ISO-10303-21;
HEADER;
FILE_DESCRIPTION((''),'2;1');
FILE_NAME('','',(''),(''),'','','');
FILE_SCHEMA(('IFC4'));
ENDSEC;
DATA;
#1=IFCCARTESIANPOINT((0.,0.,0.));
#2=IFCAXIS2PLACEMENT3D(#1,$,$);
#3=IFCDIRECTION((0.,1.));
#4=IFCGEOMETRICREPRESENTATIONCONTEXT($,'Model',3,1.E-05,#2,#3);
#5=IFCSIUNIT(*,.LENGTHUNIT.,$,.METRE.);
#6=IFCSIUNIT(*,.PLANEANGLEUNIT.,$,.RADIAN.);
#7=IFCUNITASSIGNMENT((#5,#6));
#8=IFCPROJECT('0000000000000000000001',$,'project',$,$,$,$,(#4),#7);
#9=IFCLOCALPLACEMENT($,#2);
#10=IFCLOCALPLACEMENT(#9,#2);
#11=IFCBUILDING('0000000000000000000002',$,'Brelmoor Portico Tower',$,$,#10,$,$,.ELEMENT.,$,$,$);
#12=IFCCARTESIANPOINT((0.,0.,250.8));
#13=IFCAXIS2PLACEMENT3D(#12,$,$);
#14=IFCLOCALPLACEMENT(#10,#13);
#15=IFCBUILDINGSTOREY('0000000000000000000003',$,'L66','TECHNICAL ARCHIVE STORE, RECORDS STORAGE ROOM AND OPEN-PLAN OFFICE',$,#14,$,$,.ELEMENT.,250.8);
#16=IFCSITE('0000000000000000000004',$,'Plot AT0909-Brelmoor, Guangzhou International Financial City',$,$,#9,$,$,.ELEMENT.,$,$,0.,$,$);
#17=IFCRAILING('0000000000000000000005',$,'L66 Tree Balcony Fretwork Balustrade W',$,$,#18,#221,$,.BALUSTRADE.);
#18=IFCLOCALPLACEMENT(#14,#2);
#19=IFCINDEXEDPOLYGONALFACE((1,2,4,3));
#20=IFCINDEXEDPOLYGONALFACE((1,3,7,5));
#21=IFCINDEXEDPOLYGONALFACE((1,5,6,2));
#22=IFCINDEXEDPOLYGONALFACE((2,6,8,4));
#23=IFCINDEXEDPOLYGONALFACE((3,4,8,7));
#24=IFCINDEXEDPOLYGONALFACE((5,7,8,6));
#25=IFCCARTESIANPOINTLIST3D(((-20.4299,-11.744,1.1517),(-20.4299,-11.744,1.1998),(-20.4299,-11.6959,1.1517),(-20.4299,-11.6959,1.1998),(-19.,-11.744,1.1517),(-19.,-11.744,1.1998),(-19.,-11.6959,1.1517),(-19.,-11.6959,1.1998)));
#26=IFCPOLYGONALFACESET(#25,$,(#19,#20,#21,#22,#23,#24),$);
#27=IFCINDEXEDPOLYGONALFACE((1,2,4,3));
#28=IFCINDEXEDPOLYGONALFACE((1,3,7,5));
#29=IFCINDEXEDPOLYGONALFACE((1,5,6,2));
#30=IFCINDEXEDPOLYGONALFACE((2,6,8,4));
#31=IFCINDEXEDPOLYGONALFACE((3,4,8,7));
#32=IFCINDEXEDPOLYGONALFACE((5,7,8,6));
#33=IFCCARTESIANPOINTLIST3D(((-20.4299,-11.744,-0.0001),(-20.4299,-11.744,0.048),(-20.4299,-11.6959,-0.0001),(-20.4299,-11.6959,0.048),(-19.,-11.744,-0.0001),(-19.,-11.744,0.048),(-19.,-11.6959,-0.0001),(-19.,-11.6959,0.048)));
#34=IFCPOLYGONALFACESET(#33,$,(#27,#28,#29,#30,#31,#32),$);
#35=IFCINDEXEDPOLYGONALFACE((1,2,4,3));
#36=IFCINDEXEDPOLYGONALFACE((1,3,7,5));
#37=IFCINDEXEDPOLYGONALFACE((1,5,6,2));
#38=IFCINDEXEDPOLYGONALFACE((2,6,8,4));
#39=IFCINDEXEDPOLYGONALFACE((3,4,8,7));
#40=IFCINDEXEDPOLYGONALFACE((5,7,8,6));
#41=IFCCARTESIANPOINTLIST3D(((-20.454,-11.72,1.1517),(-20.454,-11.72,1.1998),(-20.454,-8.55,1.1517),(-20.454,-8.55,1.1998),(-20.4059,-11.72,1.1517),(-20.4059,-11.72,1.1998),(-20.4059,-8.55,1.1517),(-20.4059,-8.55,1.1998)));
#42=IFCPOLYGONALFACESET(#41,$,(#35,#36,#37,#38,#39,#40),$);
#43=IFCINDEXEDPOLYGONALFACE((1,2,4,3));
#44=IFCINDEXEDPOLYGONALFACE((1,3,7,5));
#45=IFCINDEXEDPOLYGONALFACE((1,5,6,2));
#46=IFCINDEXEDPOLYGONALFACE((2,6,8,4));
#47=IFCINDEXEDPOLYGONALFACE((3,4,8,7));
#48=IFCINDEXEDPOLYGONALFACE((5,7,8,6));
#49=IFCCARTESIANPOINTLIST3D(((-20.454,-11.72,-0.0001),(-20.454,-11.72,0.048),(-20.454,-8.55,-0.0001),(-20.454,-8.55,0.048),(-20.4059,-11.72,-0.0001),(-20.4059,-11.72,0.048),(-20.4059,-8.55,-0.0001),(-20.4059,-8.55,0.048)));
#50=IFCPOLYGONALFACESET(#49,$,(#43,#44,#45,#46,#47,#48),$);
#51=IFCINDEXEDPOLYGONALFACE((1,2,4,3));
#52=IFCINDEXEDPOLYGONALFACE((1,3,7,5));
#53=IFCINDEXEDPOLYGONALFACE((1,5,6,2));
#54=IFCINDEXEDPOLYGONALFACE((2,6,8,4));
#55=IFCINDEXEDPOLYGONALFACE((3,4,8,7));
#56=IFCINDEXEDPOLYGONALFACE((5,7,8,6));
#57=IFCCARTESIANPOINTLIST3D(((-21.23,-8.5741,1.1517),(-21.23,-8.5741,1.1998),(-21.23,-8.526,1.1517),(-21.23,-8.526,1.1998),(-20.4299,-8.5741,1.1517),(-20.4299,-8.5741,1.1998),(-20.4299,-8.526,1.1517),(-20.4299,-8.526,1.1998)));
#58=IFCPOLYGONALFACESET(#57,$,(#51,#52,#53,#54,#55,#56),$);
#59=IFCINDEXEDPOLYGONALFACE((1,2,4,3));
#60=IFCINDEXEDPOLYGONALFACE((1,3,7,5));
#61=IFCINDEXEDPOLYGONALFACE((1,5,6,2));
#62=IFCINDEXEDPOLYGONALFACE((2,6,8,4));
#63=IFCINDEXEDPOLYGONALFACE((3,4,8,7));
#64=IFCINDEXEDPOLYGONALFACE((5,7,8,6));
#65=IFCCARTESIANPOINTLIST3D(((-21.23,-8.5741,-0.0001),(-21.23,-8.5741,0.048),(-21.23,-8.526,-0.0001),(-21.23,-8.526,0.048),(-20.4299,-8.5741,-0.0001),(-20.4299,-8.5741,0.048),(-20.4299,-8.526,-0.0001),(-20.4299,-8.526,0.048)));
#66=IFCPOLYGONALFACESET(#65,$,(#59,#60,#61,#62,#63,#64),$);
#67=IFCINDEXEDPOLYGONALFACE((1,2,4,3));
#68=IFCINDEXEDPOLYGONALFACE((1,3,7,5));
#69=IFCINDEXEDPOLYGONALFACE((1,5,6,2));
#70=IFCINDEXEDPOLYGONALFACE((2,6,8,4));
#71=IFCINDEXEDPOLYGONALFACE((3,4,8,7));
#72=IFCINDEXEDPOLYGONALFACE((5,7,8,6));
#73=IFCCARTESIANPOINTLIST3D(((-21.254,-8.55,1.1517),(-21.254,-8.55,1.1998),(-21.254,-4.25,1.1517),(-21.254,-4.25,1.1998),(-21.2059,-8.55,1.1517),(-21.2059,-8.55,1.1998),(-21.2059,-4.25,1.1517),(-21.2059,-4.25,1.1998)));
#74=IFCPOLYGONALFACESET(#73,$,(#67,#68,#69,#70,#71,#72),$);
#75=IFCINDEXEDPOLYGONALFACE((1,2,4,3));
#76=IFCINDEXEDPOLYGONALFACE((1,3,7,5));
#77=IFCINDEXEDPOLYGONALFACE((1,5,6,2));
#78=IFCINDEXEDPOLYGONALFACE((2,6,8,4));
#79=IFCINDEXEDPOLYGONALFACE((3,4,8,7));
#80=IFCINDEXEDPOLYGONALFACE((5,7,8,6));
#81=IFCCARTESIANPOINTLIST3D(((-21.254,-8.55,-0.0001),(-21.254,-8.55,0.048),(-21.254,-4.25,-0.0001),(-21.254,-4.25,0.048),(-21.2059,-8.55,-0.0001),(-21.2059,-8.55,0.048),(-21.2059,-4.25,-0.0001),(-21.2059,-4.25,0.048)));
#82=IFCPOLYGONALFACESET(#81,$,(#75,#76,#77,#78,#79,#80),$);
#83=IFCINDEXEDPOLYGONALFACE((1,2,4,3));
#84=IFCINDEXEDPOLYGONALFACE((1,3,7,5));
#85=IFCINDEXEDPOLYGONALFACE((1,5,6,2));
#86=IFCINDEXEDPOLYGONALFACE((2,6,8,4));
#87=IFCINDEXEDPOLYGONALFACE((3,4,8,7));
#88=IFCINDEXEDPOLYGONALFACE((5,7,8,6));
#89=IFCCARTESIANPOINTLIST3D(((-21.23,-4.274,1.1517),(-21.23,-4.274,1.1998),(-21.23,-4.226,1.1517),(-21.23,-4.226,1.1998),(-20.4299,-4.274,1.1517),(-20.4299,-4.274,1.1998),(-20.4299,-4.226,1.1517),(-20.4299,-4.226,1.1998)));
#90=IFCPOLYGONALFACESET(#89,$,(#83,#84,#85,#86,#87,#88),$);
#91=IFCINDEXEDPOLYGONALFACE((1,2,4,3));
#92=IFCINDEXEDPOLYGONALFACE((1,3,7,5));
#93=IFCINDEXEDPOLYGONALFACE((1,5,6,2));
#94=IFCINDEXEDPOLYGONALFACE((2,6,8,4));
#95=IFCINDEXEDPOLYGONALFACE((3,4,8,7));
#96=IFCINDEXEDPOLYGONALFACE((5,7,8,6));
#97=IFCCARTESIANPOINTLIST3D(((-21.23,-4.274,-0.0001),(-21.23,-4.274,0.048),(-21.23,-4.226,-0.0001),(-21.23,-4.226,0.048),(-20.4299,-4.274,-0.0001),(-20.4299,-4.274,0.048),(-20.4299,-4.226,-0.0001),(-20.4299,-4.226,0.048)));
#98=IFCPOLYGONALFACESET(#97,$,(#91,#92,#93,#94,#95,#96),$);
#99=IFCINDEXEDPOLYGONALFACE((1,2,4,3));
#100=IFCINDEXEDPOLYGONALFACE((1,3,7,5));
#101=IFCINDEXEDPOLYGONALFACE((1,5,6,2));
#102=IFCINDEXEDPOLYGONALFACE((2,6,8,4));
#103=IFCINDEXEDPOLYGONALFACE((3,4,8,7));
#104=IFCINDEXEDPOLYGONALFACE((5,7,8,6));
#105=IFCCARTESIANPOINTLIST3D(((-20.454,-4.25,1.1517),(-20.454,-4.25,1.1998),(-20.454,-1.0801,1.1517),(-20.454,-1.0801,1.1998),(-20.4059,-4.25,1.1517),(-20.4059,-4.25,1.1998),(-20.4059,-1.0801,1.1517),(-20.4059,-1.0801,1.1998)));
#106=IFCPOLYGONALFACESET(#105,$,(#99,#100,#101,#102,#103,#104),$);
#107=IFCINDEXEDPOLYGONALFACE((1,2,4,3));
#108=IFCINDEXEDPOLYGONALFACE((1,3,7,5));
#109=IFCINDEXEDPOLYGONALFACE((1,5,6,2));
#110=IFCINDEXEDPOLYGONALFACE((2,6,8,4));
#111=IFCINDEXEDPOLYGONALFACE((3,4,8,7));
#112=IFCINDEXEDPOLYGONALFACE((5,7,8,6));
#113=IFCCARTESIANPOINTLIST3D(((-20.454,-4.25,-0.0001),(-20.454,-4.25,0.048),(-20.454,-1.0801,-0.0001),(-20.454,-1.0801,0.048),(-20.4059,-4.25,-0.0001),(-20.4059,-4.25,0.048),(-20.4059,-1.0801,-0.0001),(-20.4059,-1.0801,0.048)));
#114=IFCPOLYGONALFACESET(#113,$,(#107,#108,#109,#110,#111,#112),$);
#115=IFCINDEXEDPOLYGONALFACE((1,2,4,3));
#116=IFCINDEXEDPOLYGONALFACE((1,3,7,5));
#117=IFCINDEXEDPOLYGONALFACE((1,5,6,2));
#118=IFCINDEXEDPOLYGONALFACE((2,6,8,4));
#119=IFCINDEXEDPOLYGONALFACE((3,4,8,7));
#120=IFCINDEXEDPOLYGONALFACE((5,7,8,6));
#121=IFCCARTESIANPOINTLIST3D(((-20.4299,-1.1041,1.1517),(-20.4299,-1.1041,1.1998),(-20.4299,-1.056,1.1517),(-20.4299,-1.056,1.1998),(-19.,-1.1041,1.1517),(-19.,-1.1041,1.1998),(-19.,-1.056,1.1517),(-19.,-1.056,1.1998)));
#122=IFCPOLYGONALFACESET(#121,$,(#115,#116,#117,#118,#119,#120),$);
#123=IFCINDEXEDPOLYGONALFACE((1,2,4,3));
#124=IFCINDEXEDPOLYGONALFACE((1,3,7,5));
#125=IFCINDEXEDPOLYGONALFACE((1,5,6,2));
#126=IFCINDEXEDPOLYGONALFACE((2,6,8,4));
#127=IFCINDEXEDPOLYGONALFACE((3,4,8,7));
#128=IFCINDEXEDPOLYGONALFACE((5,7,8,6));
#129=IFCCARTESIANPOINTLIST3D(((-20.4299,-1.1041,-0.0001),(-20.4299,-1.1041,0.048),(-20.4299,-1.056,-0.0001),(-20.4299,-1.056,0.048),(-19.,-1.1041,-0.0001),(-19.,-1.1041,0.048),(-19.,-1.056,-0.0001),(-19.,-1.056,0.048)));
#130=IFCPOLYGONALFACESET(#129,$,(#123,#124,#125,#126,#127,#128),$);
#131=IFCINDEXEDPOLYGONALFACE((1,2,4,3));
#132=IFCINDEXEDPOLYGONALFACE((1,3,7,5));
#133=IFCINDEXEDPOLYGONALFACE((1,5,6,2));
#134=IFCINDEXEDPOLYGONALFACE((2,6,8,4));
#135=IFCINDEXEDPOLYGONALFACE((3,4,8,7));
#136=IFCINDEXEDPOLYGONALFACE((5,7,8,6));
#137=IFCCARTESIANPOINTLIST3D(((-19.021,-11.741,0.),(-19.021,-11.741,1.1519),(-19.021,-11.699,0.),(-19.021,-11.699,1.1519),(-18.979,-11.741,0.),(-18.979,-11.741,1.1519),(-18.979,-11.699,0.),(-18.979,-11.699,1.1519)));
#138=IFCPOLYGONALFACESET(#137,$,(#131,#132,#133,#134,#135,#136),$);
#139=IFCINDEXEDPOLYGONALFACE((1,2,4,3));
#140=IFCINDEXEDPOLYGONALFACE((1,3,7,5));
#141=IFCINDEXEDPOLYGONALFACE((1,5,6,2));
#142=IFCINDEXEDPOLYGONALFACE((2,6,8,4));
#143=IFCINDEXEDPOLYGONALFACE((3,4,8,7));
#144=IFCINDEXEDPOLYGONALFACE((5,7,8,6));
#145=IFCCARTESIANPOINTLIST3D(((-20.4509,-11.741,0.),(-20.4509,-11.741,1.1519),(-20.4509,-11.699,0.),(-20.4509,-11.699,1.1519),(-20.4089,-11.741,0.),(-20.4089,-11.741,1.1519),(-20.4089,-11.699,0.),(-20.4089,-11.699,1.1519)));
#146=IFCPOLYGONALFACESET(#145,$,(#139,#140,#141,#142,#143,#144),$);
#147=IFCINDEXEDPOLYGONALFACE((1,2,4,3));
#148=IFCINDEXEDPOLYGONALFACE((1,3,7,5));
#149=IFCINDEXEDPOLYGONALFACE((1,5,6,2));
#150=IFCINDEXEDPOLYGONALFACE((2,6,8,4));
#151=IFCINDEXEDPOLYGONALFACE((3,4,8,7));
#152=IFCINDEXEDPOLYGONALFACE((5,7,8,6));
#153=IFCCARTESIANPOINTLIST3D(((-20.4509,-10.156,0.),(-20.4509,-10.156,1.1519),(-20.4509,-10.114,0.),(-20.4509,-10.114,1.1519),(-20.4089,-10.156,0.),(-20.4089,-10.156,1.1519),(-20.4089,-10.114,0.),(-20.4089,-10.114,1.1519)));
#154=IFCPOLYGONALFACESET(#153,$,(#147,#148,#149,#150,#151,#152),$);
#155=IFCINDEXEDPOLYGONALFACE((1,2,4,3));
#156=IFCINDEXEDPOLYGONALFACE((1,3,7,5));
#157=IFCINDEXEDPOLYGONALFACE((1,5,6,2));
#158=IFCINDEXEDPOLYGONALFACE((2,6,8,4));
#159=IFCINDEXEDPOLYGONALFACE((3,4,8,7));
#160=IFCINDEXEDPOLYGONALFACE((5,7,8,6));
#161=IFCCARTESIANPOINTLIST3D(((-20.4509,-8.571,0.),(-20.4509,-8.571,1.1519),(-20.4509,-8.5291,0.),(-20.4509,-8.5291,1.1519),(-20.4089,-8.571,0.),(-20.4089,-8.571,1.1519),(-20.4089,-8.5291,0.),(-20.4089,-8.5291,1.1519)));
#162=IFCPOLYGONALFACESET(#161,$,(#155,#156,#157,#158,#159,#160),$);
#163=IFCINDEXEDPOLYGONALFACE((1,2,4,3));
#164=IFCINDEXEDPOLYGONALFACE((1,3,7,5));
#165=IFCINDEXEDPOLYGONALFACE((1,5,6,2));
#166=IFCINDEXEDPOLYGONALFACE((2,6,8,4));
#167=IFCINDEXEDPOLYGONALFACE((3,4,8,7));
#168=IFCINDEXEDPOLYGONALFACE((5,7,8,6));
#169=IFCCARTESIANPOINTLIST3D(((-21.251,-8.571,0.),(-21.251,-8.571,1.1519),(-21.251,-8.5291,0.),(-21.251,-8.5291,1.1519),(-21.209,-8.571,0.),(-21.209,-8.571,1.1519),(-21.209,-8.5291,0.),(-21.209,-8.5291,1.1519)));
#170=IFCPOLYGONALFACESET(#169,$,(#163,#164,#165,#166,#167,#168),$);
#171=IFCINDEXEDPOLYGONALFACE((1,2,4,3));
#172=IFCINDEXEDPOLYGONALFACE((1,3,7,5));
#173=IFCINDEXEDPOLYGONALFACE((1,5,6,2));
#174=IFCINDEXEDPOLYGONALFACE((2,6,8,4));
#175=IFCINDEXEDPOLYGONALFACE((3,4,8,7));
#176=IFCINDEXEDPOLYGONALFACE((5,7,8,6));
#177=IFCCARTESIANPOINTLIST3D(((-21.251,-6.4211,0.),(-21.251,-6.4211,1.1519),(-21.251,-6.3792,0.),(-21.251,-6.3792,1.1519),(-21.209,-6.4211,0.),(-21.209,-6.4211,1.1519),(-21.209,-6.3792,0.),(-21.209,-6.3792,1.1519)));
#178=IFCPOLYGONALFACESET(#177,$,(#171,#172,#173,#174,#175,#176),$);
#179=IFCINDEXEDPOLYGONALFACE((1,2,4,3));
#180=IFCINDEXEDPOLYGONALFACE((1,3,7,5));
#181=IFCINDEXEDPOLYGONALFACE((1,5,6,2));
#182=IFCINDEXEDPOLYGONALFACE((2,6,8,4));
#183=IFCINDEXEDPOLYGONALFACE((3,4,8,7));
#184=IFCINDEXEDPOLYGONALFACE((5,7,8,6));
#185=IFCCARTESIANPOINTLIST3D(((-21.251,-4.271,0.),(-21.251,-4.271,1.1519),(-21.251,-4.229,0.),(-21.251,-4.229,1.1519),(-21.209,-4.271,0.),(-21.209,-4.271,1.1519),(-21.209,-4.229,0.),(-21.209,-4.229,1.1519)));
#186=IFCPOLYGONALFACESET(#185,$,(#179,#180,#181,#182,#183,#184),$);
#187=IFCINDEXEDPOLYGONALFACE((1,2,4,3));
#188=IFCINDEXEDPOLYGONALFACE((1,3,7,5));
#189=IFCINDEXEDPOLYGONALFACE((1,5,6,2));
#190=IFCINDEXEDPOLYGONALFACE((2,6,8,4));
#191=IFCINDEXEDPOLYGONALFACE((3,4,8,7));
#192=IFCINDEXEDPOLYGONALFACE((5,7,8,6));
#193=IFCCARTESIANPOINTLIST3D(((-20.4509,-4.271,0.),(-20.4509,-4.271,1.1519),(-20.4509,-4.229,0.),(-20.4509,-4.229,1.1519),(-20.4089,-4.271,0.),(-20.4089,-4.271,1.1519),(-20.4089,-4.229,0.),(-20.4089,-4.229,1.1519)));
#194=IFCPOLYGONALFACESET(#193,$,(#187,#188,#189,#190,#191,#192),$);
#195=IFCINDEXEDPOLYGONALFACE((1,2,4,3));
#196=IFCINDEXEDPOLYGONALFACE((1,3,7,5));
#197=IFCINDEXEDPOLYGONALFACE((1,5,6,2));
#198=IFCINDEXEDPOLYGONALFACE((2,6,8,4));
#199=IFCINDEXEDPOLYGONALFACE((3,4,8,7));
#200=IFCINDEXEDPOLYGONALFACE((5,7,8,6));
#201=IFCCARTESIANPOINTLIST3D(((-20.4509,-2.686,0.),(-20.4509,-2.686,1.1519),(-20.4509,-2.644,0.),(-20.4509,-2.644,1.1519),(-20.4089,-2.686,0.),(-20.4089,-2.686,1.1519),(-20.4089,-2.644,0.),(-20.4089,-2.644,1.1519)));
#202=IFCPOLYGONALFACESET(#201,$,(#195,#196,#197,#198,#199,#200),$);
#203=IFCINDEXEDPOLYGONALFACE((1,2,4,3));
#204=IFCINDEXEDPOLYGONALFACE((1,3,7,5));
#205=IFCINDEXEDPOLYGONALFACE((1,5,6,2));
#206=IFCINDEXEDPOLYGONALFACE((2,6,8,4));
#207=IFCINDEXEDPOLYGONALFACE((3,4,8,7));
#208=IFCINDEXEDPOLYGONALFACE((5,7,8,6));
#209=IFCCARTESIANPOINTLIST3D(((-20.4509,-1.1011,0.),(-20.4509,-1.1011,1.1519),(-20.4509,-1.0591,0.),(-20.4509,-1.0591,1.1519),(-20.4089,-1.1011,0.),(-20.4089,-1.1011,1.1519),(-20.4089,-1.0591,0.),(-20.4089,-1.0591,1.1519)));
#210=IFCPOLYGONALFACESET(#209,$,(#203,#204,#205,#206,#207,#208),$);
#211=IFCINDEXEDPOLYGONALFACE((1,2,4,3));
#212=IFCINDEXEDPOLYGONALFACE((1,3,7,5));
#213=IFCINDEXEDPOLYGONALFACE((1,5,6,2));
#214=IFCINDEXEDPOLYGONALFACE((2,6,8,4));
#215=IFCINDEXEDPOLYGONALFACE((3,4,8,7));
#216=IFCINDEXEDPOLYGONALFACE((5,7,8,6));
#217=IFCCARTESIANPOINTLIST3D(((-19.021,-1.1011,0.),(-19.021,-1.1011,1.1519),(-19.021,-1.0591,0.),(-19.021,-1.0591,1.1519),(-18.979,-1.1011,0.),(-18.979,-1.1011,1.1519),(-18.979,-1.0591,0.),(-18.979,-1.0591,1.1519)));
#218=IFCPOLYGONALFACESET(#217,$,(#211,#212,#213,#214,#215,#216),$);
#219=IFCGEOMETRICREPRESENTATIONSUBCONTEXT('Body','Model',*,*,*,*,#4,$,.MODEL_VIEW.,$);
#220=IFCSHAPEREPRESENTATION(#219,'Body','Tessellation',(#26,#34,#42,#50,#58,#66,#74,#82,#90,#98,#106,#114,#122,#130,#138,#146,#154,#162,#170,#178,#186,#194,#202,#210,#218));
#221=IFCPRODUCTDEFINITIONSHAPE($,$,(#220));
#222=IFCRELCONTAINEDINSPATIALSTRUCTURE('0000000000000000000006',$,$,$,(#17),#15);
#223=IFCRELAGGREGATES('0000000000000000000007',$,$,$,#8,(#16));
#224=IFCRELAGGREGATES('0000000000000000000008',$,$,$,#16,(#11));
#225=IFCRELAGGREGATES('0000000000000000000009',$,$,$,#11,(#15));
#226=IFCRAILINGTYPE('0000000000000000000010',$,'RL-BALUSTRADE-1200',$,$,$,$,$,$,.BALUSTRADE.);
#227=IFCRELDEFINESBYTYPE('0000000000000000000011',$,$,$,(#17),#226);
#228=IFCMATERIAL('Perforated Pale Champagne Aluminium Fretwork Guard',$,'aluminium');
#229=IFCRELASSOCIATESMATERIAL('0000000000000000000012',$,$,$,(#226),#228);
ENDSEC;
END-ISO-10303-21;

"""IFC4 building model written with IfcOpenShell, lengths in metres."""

from ifc_helpers import new_model, si_unit, direction, frame, origin, origin_2d, place, context, subcontext, project, spatial, rectangle, extrude, material, type_object, element, save


model = new_model("IFC4")

# Units and contexts
model_context = context("Model", 3, precision=1e-05, world=origin(), true_north=direction((0.0, 1.0)))
body_context = subcontext(model_context, "Body", "Model", "MODEL_VIEW")
ifc_project = project(units=[si_unit("LENGTHUNIT", "METRE"), si_unit("PLANEANGLEUNIT", "RADIAN")], contexts=[model_context])

# Site, building, storey
site_placement = place(None, origin())
site = spatial("IfcSite", under=ifc_project, at=site_placement, Name="Plot AT0909-Brelmoor, Guangzhou International Financial City", CompositionType="ELEMENT", RefElevation=0.0)
building_placement = place(site_placement, origin())
building = spatial("IfcBuilding", under=site, at=building_placement, Name="Brelmoor Portico Tower", CompositionType="ELEMENT")
storey_placement = place(building_placement, frame((0.0, 0.0, 250.8)))
storey = spatial("IfcBuildingStorey", under=building, at=storey_placement, Name="L66", Description="TECHNICAL ARCHIVE STORE, RECORDS STORAGE ROOM AND OPEN-PLAN OFFICE", CompositionType="ELEMENT", Elevation=250.8)

# Railing
ifc_material_1 = material(Name="Perforated Pale Champagne Aluminium Fretwork Guard", Category="aluminium")
railing_type = type_object("IfcRailingType", Name="RL-BALUSTRADE-1200", PredefinedType="BALUSTRADE", material=ifc_material_1)
railing_1_placement = place(storey_placement, frame((-19.0, -11.72, 0.0)))
element("IfcRailing", 1, at=railing_1_placement, inside=storey, type_object=railing_type, Name="L66 Tree Balcony Fretwork Balustrade W", PredefinedType="BALUSTRADE", context=body_context, shape_type="SweptSolid", body=[
    extrude(rectangle(XDim=0.0481, YDim=0.0481, at=origin_2d()), frame((0.0, 0.0, 1.1758), z_axis=(-1.0, 0.0, 0.0), x_axis=(0.0, -1.0, 0.0)), (0.0, 0.0, 1.0), 1.4299),
    extrude(rectangle(XDim=0.0481, YDim=0.0481, at=origin_2d()), frame((0.0, 0.0, 0.0239), z_axis=(-1.0, 0.0, 0.0), x_axis=(0.0, -1.0, 0.0)), (0.0, 0.0, 1.0), 1.4299),
    extrude(rectangle(XDim=0.0481, YDim=0.0481, at=origin_2d()), frame((-1.4299, 0.0, 1.1758), z_axis=(0.0, 1.0, 0.0), x_axis=(-1.0, 0.0, 0.0)), (0.0, 0.0, 1.0), 3.1699),
    extrude(rectangle(XDim=0.0481, YDim=0.0481, at=origin_2d()), frame((-1.4299, 0.0, 0.0239), z_axis=(0.0, 1.0, 0.0), x_axis=(-1.0, 0.0, 0.0)), (0.0, 0.0, 1.0), 3.1699),
    extrude(rectangle(XDim=0.0481, YDim=0.0481, at=origin_2d()), frame((-1.4299, 3.1699, 1.1758), z_axis=(-1.0, 0.0, 0.0), x_axis=(0.0, -1.0, 0.0)), (0.0, 0.0, 1.0), 0.8),
    extrude(rectangle(XDim=0.0481, YDim=0.0481, at=origin_2d()), frame((-1.4299, 3.1699, 0.0239), z_axis=(-1.0, 0.0, 0.0), x_axis=(0.0, -1.0, 0.0)), (0.0, 0.0, 1.0), 0.8),
    extrude(rectangle(XDim=0.0481, YDim=0.0481, at=origin_2d()), frame((-2.23, 3.1699, 1.1758), z_axis=(0.0, 1.0, 0.0), x_axis=(-1.0, 0.0, 0.0)), (0.0, 0.0, 1.0), 4.3),
    extrude(rectangle(XDim=0.0481, YDim=0.0481, at=origin_2d()), frame((-2.23, 3.1699, 0.0239), z_axis=(0.0, 1.0, 0.0), x_axis=(-1.0, 0.0, 0.0)), (0.0, 0.0, 1.0), 4.3),
    extrude(rectangle(XDim=0.0481, YDim=0.0481, at=origin_2d()), frame((-2.23, 7.47, 1.1758), z_axis=(1.0, 0.0, 0.0), x_axis=(0.0, 1.0, 0.0)), (0.0, 0.0, 1.0), 0.8),
    extrude(rectangle(XDim=0.0481, YDim=0.0481, at=origin_2d()), frame((-2.23, 7.47, 0.0239), z_axis=(1.0, 0.0, 0.0), x_axis=(0.0, 1.0, 0.0)), (0.0, 0.0, 1.0), 0.8),
    extrude(rectangle(XDim=0.0481, YDim=0.0481, at=origin_2d()), frame((-1.4299, 7.47, 1.1758), z_axis=(0.0, 1.0, 0.0), x_axis=(-1.0, 0.0, 0.0)), (0.0, 0.0, 1.0), 3.1699),
    extrude(rectangle(XDim=0.0481, YDim=0.0481, at=origin_2d()), frame((-1.4299, 7.47, 0.0239), z_axis=(0.0, 1.0, 0.0), x_axis=(-1.0, 0.0, 0.0)), (0.0, 0.0, 1.0), 3.1699),
    extrude(rectangle(XDim=0.0481, YDim=0.0481, at=origin_2d()), frame((-1.4299, 10.6399, 1.1758), z_axis=(1.0, 0.0, 0.0), x_axis=(0.0, 1.0, 0.0)), (0.0, 0.0, 1.0), 1.4299),
    extrude(rectangle(XDim=0.0481, YDim=0.0481, at=origin_2d()), frame((-1.4299, 10.6399, 0.0239), z_axis=(1.0, 0.0, 0.0), x_axis=(0.0, 1.0, 0.0)), (0.0, 0.0, 1.0), 1.4299),
    extrude(rectangle(XDim=0.042, YDim=0.042, at=origin_2d()), origin(), (0.0, 0.0, 1.0), 1.1519),
    extrude(rectangle(XDim=0.042, YDim=0.042, at=origin_2d()), frame((-1.4299, 0.0, 0.0)), (0.0, 0.0, 1.0), 1.1519),
    extrude(rectangle(XDim=0.042, YDim=0.042, at=origin_2d()), frame((-1.4299, 1.585, 0.0)), (0.0, 0.0, 1.0), 1.1519),
    extrude(rectangle(XDim=0.042, YDim=0.042, at=origin_2d()), frame((-1.4299, 3.1699, 0.0)), (0.0, 0.0, 1.0), 1.1519),
    extrude(rectangle(XDim=0.042, YDim=0.042, at=origin_2d()), frame((-2.23, 3.1699, 0.0)), (0.0, 0.0, 1.0), 1.1519),
    extrude(rectangle(XDim=0.042, YDim=0.042, at=origin_2d()), frame((-2.23, 5.3198, 0.0)), (0.0, 0.0, 1.0), 1.1519),
    extrude(rectangle(XDim=0.042, YDim=0.042, at=origin_2d()), frame((-2.23, 7.47, 0.0)), (0.0, 0.0, 1.0), 1.1519),
    extrude(rectangle(XDim=0.042, YDim=0.042, at=origin_2d()), frame((-1.4299, 7.47, 0.0)), (0.0, 0.0, 1.0), 1.1519),
    extrude(rectangle(XDim=0.042, YDim=0.042, at=origin_2d()), frame((-1.4299, 9.0549, 0.0)), (0.0, 0.0, 1.0), 1.1519),
    extrude(rectangle(XDim=0.042, YDim=0.042, at=origin_2d()), frame((-1.4299, 10.6399, 0.0)), (0.0, 0.0, 1.0), 1.1519),
    extrude(rectangle(XDim=0.042, YDim=0.042, at=origin_2d()), frame((0.0, 10.6399, 0.0)), (0.0, 0.0, 1.0), 1.1519),
])

save(model, "model.ifc")
